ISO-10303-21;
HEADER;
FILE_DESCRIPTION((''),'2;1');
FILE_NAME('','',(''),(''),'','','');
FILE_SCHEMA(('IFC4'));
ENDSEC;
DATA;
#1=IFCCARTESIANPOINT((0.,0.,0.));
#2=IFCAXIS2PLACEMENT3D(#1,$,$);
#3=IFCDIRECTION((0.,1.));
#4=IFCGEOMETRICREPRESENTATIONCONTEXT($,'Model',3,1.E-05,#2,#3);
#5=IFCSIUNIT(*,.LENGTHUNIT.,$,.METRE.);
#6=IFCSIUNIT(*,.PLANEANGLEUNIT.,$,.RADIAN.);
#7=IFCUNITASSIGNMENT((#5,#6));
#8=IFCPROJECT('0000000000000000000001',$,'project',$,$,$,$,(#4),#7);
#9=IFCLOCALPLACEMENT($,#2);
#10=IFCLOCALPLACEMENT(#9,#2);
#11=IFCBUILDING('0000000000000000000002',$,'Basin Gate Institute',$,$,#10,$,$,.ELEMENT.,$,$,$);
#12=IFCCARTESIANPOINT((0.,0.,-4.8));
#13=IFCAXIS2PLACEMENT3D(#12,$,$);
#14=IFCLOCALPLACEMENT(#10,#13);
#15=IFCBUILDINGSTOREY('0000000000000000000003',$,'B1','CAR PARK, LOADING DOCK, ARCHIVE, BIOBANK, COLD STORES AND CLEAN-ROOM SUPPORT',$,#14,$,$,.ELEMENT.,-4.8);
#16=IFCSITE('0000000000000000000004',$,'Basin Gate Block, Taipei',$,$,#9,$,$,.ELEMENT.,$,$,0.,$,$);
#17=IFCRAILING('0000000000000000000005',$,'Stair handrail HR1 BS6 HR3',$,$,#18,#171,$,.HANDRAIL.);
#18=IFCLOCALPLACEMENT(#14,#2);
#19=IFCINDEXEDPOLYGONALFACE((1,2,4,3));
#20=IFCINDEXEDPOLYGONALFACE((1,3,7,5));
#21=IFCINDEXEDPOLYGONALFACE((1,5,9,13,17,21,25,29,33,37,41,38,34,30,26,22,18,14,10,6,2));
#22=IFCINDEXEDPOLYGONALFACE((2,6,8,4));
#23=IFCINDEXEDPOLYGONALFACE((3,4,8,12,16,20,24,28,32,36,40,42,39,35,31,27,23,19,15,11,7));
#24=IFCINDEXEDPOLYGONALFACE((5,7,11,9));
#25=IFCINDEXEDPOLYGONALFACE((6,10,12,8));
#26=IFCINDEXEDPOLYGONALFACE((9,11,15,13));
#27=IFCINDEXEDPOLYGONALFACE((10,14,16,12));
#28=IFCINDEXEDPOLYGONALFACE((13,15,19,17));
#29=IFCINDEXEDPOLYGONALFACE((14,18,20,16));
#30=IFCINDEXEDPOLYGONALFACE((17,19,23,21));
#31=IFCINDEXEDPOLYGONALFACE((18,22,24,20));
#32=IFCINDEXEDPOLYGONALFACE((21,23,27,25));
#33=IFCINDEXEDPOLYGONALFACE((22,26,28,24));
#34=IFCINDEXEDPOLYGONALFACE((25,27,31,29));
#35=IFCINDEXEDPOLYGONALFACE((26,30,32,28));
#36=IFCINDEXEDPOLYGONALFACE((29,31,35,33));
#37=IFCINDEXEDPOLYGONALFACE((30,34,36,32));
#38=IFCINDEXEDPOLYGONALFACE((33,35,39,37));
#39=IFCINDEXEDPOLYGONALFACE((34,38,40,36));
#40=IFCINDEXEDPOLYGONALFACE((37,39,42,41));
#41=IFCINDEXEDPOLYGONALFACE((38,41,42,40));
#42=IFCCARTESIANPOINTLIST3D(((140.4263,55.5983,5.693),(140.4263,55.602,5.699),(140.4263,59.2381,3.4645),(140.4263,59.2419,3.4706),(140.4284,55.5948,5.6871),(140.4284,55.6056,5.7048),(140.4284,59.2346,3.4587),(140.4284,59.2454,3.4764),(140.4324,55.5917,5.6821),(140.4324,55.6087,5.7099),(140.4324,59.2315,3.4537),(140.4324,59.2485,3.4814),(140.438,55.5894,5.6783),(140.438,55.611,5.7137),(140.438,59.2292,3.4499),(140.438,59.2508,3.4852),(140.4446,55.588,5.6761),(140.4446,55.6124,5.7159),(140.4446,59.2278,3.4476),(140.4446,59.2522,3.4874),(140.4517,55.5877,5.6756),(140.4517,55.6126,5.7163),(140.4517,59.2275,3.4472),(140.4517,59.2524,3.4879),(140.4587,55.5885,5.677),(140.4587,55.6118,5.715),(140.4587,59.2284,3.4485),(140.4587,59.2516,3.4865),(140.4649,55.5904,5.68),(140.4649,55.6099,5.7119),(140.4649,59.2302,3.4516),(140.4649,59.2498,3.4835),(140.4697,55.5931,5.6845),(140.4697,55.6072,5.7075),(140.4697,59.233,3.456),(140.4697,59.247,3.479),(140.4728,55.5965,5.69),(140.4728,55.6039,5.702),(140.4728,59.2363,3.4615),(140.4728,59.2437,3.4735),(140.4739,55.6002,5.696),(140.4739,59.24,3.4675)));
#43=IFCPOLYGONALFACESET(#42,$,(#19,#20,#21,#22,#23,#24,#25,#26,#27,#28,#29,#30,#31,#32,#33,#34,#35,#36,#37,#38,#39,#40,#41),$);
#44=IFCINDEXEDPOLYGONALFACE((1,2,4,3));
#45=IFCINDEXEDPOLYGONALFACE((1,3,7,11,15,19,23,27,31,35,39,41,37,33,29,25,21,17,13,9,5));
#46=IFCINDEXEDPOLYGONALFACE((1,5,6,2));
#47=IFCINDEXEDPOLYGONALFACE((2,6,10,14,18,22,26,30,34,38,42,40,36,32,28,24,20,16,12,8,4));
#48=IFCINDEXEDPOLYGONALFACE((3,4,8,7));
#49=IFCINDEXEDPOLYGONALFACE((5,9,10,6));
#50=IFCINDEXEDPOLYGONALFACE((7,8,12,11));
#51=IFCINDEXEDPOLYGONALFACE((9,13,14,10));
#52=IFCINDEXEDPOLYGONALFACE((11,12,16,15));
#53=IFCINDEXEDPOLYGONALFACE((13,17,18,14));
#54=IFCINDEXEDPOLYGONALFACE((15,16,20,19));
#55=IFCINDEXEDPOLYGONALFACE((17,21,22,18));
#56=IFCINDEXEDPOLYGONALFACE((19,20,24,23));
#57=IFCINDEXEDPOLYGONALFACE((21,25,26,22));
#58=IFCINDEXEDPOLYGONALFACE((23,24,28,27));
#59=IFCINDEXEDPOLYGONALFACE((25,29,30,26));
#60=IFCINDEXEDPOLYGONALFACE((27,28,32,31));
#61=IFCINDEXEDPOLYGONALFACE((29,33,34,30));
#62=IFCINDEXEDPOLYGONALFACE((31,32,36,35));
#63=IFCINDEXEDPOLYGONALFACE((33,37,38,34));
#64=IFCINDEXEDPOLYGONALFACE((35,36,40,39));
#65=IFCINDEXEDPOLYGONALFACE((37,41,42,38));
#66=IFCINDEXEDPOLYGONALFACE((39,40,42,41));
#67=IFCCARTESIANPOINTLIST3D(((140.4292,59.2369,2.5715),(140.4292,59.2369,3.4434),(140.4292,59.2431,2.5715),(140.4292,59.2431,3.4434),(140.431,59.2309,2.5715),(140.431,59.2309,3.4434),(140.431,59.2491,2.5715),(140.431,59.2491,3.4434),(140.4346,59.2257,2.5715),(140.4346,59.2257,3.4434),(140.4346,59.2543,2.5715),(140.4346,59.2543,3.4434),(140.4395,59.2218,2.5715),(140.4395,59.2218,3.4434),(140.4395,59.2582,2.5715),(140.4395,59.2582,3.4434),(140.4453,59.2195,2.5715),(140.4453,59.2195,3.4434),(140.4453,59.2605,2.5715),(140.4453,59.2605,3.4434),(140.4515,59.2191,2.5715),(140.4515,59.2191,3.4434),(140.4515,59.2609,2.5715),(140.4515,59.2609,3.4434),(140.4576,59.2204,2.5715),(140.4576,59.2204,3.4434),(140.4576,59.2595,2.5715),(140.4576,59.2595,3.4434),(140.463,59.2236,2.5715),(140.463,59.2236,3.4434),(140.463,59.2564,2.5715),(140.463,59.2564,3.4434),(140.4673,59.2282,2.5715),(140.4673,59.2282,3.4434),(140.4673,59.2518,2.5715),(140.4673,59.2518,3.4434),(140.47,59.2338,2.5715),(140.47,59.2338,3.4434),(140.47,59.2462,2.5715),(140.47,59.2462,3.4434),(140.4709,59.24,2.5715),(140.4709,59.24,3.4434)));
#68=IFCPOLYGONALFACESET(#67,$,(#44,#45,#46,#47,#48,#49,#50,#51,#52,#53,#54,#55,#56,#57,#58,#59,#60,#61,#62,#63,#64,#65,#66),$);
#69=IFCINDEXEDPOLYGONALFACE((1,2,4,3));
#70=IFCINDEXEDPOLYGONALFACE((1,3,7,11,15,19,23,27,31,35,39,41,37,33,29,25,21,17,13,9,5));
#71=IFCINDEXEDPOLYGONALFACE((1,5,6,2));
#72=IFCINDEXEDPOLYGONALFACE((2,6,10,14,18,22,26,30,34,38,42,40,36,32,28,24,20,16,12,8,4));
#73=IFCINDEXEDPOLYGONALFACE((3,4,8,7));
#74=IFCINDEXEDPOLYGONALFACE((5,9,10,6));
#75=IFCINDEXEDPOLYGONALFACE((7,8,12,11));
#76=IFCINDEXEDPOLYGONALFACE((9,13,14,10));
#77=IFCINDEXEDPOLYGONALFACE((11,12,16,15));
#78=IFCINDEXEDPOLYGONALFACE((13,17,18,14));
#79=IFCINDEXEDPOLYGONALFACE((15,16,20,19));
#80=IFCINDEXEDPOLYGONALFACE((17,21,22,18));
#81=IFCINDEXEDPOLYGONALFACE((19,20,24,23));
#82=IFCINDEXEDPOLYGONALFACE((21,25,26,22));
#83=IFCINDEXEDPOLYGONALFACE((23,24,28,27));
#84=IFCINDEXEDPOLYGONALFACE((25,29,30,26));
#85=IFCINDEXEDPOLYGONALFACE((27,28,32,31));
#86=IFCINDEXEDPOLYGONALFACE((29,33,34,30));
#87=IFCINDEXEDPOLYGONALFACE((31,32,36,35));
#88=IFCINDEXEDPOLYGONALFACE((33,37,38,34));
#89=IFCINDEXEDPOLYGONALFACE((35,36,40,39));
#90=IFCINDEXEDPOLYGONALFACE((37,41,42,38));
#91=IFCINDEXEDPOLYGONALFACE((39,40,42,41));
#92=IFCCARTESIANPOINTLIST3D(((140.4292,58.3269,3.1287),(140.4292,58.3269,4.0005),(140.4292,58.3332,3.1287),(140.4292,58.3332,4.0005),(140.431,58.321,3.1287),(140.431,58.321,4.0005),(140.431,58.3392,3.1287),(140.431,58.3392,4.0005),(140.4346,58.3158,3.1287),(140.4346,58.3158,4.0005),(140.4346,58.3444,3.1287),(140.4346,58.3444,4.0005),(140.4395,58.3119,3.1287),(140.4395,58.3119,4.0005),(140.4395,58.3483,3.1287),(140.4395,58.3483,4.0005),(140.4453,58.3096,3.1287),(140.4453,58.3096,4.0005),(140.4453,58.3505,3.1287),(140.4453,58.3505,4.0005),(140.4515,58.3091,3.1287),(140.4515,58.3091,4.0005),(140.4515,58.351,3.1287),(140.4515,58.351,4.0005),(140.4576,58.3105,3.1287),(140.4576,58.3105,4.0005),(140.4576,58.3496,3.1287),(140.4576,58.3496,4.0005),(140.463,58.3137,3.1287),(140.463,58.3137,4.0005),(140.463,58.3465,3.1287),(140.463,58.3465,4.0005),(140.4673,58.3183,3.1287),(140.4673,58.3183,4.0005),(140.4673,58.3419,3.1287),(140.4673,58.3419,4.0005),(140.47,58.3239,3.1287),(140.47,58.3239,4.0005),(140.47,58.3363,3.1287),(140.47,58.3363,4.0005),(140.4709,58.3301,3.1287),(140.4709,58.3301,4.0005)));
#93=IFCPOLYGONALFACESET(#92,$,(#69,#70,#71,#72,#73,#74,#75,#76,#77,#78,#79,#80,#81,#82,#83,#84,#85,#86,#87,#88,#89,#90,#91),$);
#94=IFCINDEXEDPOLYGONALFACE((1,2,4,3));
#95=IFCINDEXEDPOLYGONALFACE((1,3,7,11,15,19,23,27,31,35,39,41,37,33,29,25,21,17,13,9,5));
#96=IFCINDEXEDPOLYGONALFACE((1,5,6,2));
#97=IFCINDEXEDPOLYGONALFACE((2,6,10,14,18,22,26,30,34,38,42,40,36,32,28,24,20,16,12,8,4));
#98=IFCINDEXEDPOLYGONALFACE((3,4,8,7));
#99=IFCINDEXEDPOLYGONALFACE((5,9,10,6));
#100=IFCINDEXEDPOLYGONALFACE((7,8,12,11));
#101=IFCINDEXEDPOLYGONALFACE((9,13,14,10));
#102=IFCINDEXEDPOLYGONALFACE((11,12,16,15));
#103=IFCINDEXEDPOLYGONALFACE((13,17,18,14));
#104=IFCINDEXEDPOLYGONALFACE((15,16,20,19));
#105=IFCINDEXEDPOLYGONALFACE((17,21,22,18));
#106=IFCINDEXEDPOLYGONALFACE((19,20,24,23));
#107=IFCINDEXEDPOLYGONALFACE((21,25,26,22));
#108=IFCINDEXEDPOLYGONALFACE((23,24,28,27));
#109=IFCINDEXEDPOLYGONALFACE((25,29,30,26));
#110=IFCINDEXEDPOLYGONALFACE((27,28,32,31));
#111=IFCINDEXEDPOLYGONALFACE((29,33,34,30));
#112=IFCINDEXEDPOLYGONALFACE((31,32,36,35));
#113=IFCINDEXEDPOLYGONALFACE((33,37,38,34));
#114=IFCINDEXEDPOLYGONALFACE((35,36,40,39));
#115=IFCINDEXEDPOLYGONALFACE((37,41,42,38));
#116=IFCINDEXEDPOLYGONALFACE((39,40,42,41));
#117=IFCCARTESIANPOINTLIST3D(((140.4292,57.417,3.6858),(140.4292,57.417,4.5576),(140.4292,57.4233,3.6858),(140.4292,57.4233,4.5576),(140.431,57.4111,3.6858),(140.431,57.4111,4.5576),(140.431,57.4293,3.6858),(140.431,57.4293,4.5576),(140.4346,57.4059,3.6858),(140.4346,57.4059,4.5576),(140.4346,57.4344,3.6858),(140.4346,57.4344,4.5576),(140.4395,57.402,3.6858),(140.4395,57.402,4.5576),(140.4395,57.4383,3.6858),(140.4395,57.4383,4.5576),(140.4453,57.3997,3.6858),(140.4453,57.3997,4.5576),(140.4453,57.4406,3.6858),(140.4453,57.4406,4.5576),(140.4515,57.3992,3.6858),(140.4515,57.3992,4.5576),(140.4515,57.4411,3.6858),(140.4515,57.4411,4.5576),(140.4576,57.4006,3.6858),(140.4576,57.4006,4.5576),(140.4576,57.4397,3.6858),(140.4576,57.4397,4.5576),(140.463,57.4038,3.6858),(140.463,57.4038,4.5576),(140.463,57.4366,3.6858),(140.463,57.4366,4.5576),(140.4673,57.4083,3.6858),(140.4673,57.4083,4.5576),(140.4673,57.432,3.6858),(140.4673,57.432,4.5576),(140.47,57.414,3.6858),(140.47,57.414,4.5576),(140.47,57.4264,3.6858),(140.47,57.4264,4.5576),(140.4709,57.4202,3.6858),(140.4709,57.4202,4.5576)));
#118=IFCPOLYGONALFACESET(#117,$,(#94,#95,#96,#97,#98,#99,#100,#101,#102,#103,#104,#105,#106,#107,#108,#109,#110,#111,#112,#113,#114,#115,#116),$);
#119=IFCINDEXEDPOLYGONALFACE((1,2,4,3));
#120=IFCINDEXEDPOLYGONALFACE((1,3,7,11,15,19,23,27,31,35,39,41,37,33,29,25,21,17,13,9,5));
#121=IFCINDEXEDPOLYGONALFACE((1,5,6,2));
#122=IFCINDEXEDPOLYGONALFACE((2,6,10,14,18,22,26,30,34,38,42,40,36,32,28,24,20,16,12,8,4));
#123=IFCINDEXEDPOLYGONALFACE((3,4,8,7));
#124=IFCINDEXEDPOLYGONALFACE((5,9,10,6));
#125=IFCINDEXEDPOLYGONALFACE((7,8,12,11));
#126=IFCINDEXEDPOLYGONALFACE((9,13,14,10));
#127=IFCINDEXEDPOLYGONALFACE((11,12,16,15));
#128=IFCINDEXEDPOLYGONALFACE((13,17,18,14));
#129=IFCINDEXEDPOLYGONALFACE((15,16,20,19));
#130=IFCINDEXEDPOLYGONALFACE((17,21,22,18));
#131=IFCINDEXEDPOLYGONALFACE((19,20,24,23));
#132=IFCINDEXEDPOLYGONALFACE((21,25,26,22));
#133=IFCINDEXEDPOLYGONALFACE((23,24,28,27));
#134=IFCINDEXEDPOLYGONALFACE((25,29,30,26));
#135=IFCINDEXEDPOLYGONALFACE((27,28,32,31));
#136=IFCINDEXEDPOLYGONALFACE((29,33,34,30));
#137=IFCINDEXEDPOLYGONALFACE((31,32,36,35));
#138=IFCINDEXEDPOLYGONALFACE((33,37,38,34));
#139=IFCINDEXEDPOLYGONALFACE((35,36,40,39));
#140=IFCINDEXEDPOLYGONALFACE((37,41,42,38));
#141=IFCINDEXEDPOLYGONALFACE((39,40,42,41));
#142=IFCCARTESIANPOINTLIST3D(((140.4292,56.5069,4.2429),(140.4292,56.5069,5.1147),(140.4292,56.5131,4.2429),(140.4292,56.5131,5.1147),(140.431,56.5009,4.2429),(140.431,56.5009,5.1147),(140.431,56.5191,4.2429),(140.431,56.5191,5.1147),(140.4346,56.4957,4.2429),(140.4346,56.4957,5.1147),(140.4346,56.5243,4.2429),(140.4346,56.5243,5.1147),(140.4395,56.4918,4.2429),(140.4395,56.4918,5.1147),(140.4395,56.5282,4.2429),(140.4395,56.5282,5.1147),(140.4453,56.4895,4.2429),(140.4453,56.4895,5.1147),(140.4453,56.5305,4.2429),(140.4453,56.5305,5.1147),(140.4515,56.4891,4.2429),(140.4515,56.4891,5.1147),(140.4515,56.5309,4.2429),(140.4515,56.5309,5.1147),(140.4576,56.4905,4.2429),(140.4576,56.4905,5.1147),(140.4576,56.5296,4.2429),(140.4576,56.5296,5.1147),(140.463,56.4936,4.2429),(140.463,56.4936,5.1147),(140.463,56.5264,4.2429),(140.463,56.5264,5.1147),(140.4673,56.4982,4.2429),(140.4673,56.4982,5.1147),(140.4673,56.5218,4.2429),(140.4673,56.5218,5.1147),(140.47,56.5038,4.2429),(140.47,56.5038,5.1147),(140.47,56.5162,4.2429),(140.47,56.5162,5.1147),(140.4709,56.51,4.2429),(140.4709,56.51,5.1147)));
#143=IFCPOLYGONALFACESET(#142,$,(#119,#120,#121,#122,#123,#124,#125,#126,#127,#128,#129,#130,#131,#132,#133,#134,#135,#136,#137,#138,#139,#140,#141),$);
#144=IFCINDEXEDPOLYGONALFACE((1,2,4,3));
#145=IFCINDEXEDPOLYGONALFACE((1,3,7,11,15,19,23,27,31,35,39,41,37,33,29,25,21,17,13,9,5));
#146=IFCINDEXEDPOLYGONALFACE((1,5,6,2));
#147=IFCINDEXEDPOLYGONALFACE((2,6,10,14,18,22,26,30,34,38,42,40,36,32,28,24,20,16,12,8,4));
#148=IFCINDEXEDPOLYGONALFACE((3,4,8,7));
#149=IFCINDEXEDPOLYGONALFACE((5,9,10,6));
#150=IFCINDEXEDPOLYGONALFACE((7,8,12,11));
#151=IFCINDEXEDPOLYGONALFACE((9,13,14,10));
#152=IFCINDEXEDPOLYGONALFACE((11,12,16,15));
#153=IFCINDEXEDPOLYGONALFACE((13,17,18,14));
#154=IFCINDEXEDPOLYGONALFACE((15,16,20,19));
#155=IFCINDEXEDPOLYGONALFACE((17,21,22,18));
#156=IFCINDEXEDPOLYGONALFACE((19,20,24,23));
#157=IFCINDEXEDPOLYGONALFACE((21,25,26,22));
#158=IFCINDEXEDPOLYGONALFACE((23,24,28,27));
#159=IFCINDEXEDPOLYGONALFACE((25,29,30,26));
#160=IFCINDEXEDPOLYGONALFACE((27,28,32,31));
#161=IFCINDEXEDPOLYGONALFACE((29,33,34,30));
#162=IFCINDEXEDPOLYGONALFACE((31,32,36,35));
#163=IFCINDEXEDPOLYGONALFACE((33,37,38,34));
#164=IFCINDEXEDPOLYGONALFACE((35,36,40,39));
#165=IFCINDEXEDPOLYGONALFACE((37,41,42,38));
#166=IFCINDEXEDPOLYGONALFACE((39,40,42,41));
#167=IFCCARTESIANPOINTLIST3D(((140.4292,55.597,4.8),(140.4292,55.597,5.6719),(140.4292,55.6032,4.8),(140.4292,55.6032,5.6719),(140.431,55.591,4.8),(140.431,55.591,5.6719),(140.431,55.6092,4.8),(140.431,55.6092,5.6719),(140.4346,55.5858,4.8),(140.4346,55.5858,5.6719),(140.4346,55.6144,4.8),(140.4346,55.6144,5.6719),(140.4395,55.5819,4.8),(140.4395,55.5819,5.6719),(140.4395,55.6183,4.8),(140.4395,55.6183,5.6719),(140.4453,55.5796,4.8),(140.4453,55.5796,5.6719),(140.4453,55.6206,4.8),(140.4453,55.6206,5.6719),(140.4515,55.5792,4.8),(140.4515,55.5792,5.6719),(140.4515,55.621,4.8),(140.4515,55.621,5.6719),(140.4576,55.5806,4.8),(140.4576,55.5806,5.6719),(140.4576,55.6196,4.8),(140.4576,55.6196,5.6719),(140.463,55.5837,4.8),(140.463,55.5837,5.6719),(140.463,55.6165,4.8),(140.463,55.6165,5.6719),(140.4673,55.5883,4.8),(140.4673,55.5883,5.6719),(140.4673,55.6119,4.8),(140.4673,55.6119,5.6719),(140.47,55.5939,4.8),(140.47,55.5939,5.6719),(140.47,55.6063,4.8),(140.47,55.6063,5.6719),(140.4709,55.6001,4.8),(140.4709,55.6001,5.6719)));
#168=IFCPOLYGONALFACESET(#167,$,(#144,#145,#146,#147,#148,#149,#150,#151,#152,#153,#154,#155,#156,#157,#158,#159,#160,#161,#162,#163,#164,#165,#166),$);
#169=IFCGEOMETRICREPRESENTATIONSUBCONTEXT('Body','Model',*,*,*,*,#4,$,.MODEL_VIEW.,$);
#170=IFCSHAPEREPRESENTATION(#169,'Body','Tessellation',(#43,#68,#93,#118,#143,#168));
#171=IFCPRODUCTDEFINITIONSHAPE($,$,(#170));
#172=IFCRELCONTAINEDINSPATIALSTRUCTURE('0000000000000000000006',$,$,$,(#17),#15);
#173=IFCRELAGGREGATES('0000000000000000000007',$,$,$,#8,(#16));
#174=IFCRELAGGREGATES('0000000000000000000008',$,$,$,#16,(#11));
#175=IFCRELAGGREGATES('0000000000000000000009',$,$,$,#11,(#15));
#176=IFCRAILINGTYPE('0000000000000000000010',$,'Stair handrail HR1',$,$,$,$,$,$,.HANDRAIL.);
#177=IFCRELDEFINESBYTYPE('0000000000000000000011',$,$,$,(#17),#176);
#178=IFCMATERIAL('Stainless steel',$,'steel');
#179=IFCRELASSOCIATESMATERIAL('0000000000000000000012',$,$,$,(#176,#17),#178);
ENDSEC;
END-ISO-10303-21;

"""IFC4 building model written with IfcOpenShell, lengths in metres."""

from ifc_helpers import new_model, si_unit, direction, frame, origin, origin_2d, place, context, subcontext, project, spatial, circle, extrude, material, type_object, element, save


model = new_model("IFC4")

# Units and contexts
model_context = context("Model", 3, precision=1e-05, world=origin(), true_north=direction((0.0, 1.0)))
body_context = subcontext(model_context, "Body", "Model", "MODEL_VIEW")
ifc_project = project(units=[si_unit("LENGTHUNIT", "METRE"), si_unit("PLANEANGLEUNIT", "RADIAN")], contexts=[model_context])

# Site, building, storey
site_placement = place(None, origin())
site = spatial("IfcSite", under=ifc_project, at=site_placement, Name="Basin Gate Block, Taipei", CompositionType="ELEMENT", RefElevation=0.0)
building_placement = place(site_placement, origin())
building = spatial("IfcBuilding", under=site, at=building_placement, Name="Basin Gate Institute", CompositionType="ELEMENT")
storey_placement = place(building_placement, frame((0.0, 0.0, -4.8)))
storey = spatial("IfcBuildingStorey", under=building, at=storey_placement, Name="B1", Description="CAR PARK, LOADING DOCK, ARCHIVE, BIOBANK, COLD STORES AND CLEAN-ROOM SUPPORT", CompositionType="ELEMENT", Elevation=-4.8)

# Railing
ifc_material_1 = material(Name="Stainless steel", Category="steel")
railing_type_1 = type_object("IfcRailingType", Name="Stair handrail HR1", PredefinedType="HANDRAIL", material=ifc_material_1)
railing_1_placement = place(storey_placement, frame((140.45, 59.24, 2.5715)))
element("IfcRailing", 1, at=railing_1_placement, inside=storey, type_object=railing_type_1, material=ifc_material_1, Name="Stair handrail HR1 BS6 HR3", PredefinedType="HANDRAIL", context=body_context, shape_type="SweptSolid", body=[
    extrude(circle(Radius=0.0239, at=origin_2d()), frame((0.0, 0.0, 0.896), z_axis=(0.0, -0.85285, 0.522156), x_axis=(1.0, 0.0, 0.0)), (0.0, 0.0, 1.0), 4.2678),
    extrude(circle(Radius=0.021, at=origin_2d()), origin(), (0.0, 0.0, 1.0), 0.8718),
    extrude(circle(Radius=0.021, at=origin_2d()), frame((0.0, -0.9099, 0.5571)), (0.0, 0.0, 1.0), 0.8718),
    extrude(circle(Radius=0.021, at=origin_2d()), frame((0.0, -1.8198, 1.1143)), (0.0, 0.0, 1.0), 0.8718),
    extrude(circle(Radius=0.021, at=origin_2d()), frame((0.0, -2.73, 1.6714)), (0.0, 0.0, 1.0), 0.8718),
    extrude(circle(Radius=0.021, at=origin_2d()), frame((0.0, -3.6399, 2.2285)), (0.0, 0.0, 1.0), 0.8718),
])

save(model, "model.ifc")
